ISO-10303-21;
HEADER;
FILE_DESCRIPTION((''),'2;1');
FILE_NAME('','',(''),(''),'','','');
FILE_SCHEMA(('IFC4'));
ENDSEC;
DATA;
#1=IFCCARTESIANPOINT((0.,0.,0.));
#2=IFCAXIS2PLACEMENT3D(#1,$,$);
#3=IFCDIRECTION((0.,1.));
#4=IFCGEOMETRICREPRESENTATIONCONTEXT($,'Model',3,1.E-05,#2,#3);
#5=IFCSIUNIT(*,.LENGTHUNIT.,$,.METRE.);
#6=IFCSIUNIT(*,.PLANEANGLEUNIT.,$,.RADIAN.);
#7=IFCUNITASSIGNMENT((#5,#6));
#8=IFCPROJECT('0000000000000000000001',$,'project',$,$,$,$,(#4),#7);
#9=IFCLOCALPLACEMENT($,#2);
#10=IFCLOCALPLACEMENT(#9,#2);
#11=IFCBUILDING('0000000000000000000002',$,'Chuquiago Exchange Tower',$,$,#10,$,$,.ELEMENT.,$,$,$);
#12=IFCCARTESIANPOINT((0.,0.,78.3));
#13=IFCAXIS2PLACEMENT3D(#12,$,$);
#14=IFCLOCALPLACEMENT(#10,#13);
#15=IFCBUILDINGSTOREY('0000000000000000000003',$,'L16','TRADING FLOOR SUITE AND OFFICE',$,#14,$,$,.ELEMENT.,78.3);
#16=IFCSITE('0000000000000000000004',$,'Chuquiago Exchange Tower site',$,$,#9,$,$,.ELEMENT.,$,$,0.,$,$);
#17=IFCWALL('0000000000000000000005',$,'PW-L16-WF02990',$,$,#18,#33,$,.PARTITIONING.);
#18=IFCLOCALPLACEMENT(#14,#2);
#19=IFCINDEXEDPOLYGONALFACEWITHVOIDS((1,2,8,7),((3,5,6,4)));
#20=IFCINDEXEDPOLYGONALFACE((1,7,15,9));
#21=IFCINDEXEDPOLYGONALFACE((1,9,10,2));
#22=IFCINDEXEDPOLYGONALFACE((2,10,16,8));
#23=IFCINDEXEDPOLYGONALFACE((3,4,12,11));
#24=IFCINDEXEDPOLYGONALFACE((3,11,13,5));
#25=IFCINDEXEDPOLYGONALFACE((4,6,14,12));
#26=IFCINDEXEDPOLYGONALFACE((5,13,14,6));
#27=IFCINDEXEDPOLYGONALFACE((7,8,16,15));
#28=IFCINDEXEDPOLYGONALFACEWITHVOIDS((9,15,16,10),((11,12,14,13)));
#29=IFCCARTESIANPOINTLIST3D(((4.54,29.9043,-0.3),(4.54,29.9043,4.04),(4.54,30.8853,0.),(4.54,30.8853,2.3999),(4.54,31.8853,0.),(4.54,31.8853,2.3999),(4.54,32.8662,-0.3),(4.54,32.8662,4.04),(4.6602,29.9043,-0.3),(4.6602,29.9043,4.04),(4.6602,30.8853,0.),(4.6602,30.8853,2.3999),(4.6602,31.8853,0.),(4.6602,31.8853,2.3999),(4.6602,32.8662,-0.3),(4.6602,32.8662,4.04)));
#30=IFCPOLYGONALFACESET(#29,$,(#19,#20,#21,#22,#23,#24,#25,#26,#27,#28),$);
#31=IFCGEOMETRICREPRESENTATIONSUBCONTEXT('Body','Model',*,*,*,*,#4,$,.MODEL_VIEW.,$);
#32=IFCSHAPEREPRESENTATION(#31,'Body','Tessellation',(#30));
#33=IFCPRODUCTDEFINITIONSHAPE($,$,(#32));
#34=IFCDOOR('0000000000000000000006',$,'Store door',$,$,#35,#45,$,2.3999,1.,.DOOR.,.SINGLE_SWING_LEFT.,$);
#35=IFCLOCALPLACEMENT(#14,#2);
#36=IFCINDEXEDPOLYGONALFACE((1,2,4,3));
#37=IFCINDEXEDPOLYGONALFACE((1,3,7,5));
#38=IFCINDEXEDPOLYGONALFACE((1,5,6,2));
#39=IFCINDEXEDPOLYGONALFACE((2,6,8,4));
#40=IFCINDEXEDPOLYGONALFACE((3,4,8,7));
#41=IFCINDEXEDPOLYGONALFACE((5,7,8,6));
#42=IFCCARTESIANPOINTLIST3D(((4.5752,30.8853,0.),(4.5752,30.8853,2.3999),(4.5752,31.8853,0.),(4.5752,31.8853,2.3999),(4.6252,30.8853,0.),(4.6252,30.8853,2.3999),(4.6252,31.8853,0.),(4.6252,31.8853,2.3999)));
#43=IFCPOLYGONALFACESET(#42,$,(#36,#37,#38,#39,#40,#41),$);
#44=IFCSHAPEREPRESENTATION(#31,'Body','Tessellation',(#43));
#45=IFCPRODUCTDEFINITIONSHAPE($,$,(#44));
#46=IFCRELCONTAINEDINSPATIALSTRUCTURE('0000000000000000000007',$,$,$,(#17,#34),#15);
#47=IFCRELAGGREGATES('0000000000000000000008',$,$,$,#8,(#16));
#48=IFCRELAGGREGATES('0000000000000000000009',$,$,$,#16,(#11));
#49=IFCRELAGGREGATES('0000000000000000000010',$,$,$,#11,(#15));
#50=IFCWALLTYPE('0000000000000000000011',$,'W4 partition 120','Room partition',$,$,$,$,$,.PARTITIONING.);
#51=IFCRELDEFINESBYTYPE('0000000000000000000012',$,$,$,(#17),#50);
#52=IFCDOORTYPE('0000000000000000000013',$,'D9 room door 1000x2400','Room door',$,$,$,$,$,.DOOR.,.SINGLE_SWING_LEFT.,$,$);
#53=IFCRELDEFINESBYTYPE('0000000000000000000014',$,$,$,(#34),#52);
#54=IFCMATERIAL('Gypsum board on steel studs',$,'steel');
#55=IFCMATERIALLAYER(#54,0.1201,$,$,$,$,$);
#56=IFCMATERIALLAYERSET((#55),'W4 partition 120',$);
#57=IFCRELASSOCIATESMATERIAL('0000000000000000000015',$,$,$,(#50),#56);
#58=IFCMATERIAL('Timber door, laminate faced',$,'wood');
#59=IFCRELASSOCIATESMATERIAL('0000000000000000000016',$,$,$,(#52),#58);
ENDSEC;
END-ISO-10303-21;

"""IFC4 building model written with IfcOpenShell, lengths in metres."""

from ifc_helpers import new_model, si_unit, direction, frame, frame_2d, origin, place, context, subcontext, project, spatial, rectangle, extrude, material, layer, layer_set, type_object, element, fill, save


model = new_model("IFC4")

# Units and contexts
model_context = context("Model", 3, precision=1e-05, world=origin(), true_north=direction((0.0, 1.0)))
body_context = subcontext(model_context, "Body", "Model", "MODEL_VIEW")
ifc_project = project(units=[si_unit("LENGTHUNIT", "METRE"), si_unit("PLANEANGLEUNIT", "RADIAN")], contexts=[model_context])

# Site, building, storey
site_placement = place(None, origin())
site = spatial("IfcSite", under=ifc_project, at=site_placement, Name="Chuquiago Exchange Tower site", CompositionType="ELEMENT", RefElevation=0.0)
building_placement = place(site_placement, origin())
building = spatial("IfcBuilding", under=site, at=building_placement, Name="Chuquiago Exchange Tower", CompositionType="ELEMENT")
storey_placement = place(building_placement, frame((0.0, 0.0, 78.3)))
storey = spatial("IfcBuildingStorey", under=building, at=storey_placement, Name="L16", Description="TRADING FLOOR SUITE AND OFFICE", CompositionType="ELEMENT", Elevation=78.3)

# Shared definitions
ifc_material_1 = material(Name="Gypsum board on steel studs", Category="steel")
ifc_layer_1 = layer(ifc_material_1, 0.1201)
ifc_layer_set_1 = layer_set([ifc_layer_1], Name="W4 partition 120")
wall_type = type_object("IfcWallType", Name="W4 partition 120", Description="Room partition", PredefinedType="PARTITIONING", material=ifc_layer_set_1)

# Wall, opening, door
ifc_material_2 = material(Name="Timber door, laminate faced", Category="wood")
door_type_1 = type_object("IfcDoorType", Name="D9 room door 1000x2400", Description="Room door", OperationType="SINGLE_SWING_LEFT", PredefinedType="DOOR", material=ifc_material_2)
wall_1_placement = place(storey_placement, frame((4.6001, 29.9043, -0.3), z_axis=(0.0, 0.0, 1.0), x_axis=(0.0, 1.0, 0.0)))
wall_1 = element("IfcWall", 1, at=wall_1_placement, inside=storey, type_object=wall_type, Name="PW-L16-WF02990", PredefinedType="PARTITIONING", context=body_context, shape_type="SweptSolid", body=[
    extrude(rectangle(XDim=2.9619, YDim=0.1201, at=frame_2d((1.481, 0.0))), origin(), (0.0, 0.0, 1.0), 4.3401),
])
opening_1_placement = place(wall_1_placement, frame((0.981, 0.0, 0.3)))
opening_1 = element("IfcOpeningElement", 2, at=opening_1_placement, cuts=wall_1, PredefinedType="OPENING", context=body_context, shape_type="SweptSolid", body=[
    extrude(rectangle(XDim=1.0, YDim=2.3999, at=frame_2d((0.5, 1.2))), frame((0.0, 0.0701, 0.0), z_axis=(0.0, -1.0, 0.0), x_axis=(1.0, 0.0, 0.0)), (0.0, 0.0, 1.0), 0.1401),
])
door_1_placement = place(opening_1_placement, origin())
door_1 = element("IfcDoor", 3, at=door_1_placement, inside=storey, type_object=door_type_1, Name="Store door", OperationType="SINGLE_SWING_LEFT", OverallHeight=2.3999, OverallWidth=1.0, PredefinedType="DOOR", context=body_context, shape_type="SweptSolid", body=[
    extrude(rectangle(XDim=1.0, YDim=2.3999, at=frame_2d((0.5, 1.2))), frame((0.0, 0.0249, 0.0), z_axis=(0.0, -1.0, 0.0), x_axis=(1.0, 0.0, 0.0)), (0.0, 0.0, 1.0), 0.05),
])
fill(opening_1, door_1)

save(model, "model.ifc")
